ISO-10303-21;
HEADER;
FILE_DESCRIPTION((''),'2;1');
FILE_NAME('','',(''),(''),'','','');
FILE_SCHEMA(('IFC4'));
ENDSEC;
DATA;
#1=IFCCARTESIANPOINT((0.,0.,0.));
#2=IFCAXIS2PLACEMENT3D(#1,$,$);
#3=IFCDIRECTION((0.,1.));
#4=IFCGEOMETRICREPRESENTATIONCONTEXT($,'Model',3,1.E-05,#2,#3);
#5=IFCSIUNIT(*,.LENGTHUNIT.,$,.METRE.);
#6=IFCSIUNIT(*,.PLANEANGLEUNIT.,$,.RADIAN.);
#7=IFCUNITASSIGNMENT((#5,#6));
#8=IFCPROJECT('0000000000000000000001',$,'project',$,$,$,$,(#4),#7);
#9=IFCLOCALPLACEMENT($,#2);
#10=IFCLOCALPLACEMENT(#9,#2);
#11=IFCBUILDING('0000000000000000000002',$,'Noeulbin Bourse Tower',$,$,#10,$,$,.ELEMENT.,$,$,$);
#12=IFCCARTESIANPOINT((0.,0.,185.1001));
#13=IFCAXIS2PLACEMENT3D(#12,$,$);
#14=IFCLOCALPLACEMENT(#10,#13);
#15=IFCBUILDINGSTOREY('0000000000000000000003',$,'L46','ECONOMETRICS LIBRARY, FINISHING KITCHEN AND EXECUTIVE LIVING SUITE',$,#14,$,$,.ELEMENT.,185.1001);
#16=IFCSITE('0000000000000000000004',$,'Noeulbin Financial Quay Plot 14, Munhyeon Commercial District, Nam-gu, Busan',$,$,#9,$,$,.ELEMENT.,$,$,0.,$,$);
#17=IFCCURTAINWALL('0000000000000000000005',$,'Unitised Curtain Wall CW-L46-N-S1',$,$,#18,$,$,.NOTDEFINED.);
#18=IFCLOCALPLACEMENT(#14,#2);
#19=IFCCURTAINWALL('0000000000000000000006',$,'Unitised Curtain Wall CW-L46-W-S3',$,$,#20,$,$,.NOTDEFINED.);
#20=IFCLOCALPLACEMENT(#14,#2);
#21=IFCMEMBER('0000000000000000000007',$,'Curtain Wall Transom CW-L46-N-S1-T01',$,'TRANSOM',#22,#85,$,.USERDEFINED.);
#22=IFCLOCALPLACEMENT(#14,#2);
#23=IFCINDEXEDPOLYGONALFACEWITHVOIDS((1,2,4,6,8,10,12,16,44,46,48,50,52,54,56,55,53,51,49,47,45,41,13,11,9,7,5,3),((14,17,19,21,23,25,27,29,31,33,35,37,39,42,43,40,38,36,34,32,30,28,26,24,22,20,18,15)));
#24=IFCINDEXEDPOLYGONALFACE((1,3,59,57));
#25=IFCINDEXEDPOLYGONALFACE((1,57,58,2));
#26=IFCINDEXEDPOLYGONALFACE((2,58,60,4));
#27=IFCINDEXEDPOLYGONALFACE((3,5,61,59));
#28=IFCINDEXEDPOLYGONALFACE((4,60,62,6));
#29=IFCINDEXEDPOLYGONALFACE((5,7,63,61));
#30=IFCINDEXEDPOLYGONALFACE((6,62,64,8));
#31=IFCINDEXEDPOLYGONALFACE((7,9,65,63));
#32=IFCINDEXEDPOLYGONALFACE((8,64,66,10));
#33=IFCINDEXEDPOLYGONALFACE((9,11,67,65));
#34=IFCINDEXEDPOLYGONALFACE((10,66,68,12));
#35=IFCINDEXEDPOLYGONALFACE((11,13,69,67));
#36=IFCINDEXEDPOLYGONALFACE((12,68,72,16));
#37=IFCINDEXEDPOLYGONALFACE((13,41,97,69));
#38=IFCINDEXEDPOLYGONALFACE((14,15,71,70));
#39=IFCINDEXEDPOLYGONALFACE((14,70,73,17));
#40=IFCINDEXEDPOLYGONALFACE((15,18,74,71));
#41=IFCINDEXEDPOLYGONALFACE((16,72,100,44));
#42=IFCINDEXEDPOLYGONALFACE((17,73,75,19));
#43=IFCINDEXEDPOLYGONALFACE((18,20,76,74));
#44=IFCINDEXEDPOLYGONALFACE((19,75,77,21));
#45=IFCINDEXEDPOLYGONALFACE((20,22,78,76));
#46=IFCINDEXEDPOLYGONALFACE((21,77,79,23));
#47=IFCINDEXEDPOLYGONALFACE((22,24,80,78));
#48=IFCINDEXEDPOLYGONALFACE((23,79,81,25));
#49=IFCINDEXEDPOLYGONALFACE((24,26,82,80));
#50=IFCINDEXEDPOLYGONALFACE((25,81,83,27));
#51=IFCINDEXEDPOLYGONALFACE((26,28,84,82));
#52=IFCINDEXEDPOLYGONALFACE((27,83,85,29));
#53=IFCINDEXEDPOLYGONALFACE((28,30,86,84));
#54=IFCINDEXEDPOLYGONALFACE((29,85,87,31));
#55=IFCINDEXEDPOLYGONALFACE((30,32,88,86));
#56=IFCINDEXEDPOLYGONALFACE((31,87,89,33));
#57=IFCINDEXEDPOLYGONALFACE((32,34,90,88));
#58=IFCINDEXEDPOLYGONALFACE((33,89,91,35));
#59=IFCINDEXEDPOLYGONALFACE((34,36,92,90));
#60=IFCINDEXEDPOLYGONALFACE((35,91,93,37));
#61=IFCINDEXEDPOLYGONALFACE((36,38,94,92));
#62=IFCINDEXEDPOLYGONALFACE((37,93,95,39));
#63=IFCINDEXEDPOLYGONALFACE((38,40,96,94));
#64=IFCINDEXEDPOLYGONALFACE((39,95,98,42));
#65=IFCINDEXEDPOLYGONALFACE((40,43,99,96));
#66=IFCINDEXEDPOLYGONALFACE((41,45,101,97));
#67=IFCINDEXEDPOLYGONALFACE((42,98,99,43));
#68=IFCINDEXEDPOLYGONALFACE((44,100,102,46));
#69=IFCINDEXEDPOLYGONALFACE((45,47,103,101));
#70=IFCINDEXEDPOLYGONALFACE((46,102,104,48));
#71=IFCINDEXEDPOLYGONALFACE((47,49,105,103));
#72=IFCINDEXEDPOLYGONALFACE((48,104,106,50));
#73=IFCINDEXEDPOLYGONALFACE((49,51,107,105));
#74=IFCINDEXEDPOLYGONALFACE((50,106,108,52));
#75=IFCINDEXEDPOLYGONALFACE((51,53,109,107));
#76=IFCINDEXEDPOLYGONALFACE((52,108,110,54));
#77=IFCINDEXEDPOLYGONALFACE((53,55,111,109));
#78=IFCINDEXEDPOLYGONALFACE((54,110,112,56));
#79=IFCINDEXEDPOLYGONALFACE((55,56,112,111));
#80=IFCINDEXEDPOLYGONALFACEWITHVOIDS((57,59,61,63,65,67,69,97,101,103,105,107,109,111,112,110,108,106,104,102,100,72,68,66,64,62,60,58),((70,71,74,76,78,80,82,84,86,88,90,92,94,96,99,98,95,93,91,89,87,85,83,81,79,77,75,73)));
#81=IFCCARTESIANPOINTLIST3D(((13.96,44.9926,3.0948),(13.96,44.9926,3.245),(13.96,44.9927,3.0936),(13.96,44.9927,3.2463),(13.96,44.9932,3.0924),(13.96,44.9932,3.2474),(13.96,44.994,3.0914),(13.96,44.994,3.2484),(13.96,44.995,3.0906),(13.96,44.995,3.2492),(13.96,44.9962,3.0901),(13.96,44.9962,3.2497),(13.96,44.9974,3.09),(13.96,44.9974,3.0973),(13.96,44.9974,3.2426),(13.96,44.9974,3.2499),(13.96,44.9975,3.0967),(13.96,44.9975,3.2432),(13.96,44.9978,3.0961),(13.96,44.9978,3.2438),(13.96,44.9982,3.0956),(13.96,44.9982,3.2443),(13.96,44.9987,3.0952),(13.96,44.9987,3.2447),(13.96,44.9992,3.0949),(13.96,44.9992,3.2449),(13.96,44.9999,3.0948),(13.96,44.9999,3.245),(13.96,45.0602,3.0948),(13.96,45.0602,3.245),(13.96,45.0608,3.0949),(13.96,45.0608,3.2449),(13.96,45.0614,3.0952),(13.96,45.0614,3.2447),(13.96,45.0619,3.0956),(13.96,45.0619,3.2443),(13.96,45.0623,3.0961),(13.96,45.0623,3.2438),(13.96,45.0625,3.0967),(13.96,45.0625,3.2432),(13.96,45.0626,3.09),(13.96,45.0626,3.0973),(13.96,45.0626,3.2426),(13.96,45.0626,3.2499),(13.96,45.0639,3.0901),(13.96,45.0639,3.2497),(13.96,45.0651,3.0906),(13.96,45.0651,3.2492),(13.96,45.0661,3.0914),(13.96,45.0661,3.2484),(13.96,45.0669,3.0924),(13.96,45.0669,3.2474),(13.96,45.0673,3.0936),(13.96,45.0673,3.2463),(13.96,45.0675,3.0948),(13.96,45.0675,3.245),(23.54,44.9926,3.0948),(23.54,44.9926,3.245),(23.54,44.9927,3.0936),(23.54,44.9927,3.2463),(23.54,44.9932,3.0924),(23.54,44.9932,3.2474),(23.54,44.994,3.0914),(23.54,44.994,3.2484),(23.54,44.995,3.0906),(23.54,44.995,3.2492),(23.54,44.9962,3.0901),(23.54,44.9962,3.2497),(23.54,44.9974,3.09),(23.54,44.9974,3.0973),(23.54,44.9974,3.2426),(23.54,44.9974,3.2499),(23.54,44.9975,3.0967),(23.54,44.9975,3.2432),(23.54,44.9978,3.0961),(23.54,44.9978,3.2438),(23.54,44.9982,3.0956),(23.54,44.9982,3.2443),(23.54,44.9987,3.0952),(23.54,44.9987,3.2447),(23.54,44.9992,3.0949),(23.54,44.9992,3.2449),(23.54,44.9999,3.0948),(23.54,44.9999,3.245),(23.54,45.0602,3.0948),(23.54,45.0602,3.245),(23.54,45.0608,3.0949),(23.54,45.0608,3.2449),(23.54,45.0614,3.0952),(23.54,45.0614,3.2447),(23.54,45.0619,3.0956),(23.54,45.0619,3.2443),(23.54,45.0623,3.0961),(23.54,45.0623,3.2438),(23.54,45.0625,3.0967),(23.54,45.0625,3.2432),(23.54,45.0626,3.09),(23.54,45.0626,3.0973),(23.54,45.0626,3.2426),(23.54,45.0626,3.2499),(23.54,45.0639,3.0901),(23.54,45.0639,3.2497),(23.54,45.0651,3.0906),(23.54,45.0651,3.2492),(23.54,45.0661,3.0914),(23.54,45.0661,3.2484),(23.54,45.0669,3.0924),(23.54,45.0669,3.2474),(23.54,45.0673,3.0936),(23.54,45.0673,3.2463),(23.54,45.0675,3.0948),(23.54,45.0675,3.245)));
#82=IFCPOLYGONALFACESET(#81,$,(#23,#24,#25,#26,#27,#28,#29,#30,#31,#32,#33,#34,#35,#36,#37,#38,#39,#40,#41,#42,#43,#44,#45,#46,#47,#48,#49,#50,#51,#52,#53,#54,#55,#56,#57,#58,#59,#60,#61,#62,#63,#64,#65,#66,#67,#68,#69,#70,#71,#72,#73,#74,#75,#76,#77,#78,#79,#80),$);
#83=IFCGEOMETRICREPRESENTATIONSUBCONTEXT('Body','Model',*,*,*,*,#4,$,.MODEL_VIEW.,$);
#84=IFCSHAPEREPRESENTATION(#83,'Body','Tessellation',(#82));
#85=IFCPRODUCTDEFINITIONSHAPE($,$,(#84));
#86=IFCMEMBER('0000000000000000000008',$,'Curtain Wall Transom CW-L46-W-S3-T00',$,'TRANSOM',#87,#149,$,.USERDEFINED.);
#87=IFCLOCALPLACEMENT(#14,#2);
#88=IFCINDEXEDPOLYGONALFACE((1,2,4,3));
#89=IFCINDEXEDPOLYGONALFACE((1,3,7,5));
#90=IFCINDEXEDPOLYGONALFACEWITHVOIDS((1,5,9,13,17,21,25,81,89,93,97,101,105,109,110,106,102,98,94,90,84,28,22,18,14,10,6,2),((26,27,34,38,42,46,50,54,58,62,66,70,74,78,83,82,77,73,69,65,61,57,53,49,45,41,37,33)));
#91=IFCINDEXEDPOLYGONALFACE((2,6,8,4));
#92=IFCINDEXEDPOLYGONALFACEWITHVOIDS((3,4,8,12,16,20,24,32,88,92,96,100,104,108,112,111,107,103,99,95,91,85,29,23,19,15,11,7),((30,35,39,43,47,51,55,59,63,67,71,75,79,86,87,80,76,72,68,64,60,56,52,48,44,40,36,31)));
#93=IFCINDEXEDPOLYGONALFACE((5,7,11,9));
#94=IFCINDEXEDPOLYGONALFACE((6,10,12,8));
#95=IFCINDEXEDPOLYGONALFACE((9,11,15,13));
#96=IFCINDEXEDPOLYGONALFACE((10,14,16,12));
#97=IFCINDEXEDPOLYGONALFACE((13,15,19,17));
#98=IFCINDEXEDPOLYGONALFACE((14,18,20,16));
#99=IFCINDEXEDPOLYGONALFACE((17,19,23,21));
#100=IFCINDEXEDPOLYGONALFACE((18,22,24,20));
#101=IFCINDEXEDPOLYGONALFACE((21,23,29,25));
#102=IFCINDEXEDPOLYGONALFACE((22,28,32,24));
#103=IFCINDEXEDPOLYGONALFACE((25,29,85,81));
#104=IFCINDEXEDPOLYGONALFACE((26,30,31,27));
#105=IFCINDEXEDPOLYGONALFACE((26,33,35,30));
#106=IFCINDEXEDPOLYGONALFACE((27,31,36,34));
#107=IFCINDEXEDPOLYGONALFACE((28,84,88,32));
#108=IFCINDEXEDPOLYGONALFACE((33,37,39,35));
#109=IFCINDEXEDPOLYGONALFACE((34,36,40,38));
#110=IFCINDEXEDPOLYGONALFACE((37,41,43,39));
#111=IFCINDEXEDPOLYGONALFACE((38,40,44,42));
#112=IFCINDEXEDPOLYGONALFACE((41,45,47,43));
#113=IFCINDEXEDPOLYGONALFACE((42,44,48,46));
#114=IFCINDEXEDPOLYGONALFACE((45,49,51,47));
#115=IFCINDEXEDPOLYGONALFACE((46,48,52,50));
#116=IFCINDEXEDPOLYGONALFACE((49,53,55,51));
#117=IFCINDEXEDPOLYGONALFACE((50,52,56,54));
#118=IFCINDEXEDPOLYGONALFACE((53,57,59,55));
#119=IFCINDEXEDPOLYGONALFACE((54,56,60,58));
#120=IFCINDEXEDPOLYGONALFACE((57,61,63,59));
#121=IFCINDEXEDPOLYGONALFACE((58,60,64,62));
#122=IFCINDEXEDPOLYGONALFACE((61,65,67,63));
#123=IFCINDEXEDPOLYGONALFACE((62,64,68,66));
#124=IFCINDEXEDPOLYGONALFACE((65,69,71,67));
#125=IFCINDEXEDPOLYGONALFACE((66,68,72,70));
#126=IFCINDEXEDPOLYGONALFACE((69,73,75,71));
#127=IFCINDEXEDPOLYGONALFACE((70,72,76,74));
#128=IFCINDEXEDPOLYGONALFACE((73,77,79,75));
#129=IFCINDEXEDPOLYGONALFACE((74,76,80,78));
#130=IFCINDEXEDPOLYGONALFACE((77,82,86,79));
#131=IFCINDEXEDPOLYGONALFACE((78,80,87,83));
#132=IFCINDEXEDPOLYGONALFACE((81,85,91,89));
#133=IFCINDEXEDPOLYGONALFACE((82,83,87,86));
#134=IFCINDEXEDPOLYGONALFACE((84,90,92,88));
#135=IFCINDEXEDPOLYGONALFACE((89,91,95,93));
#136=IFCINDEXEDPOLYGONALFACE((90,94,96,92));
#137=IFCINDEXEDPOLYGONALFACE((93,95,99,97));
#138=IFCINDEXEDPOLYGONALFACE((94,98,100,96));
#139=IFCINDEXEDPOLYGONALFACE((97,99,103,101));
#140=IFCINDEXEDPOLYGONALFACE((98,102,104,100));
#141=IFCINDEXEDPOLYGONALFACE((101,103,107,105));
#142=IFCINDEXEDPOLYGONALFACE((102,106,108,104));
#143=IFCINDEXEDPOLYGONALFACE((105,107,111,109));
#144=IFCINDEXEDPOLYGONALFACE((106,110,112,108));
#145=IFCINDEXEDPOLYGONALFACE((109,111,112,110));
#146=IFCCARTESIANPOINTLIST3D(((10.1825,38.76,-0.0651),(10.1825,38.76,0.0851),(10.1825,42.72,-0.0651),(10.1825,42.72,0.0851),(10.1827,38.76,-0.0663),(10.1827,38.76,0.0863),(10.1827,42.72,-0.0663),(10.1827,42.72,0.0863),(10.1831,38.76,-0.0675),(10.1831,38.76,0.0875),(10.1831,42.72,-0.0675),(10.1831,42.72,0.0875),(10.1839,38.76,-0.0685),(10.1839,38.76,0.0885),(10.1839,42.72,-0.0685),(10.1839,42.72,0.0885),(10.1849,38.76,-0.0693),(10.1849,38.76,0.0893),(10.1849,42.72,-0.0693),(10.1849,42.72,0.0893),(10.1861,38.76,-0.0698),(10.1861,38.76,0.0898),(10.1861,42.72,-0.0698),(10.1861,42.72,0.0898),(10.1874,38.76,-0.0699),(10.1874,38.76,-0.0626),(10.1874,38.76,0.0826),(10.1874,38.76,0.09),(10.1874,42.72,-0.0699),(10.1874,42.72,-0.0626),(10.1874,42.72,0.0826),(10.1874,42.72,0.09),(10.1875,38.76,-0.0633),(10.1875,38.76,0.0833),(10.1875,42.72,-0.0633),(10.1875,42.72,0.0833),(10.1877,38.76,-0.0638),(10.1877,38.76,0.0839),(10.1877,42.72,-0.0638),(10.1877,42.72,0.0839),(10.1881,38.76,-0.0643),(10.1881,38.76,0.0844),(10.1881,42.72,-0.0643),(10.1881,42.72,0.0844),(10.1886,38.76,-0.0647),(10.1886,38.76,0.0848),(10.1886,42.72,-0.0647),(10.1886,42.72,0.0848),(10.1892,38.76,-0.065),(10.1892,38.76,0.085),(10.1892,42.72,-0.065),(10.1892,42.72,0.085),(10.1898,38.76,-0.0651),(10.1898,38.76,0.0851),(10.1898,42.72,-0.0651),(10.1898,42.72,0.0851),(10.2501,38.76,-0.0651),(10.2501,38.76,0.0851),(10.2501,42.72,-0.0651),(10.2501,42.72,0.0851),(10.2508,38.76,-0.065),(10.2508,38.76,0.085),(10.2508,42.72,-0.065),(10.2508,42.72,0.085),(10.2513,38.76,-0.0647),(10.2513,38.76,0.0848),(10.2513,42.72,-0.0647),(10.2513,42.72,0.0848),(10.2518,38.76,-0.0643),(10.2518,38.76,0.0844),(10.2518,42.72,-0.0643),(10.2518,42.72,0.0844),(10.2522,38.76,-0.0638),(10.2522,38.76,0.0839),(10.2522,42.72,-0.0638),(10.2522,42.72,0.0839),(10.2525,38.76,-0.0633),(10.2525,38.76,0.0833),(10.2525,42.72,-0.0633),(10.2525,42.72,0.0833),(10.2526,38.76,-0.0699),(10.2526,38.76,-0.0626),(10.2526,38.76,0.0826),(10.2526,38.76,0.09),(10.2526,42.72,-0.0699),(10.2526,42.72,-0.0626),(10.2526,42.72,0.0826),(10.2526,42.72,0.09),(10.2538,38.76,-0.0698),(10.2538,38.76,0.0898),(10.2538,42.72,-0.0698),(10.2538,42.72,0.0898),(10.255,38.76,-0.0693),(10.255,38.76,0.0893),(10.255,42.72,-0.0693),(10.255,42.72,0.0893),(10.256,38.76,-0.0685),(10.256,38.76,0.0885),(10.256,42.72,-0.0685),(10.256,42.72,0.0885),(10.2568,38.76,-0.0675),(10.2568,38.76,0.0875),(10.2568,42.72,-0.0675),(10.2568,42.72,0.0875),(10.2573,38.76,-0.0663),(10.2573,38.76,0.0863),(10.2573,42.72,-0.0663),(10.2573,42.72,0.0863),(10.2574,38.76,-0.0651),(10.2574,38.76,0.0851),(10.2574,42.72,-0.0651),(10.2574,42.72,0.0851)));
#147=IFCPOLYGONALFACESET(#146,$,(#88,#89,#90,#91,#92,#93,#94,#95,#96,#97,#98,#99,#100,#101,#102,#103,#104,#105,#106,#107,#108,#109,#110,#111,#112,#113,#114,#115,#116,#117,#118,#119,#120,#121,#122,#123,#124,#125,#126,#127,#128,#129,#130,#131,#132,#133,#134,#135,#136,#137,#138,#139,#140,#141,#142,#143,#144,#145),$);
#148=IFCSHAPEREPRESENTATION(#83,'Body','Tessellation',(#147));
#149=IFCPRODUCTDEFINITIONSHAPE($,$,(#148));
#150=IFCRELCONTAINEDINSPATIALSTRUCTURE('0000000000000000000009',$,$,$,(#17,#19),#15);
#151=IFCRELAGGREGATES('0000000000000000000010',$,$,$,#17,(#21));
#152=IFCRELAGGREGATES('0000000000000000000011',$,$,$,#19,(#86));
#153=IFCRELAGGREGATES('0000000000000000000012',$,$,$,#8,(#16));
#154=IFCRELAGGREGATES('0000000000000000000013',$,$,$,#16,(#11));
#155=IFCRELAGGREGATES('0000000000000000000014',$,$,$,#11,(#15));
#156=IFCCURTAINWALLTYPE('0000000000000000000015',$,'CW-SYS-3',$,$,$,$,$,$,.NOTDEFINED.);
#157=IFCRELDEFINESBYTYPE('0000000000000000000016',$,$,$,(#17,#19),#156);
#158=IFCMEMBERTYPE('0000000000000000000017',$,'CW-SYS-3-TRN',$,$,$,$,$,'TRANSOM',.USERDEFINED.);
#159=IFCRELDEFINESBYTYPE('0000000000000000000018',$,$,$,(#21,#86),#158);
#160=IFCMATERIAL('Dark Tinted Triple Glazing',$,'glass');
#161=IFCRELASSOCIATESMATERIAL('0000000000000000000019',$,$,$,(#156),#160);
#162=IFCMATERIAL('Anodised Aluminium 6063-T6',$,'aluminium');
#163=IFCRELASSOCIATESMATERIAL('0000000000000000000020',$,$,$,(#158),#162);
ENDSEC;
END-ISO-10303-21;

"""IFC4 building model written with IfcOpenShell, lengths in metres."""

from ifc_helpers import new_model, si_unit, direction, frame, origin, origin_2d, place, context, subcontext, project, spatial, hollow_rectangle, extrude, material, material_profile, profile_set, type_object, element, aggregate, save


model = new_model("IFC4")

# Units and contexts
model_context = context("Model", 3, precision=1e-05, world=origin(), true_north=direction((0.0, 1.0)))
body_context = subcontext(model_context, "Body", "Model", "MODEL_VIEW")
ifc_project = project(units=[si_unit("LENGTHUNIT", "METRE"), si_unit("PLANEANGLEUNIT", "RADIAN")], contexts=[model_context])

# Site, building, storey
site_placement = place(None, origin())
site = spatial("IfcSite", under=ifc_project, at=site_placement, Name="Noeulbin Financial Quay Plot 14, Munhyeon Commercial District, Nam-gu, Busan", CompositionType="ELEMENT", RefElevation=0.0)
building_placement = place(site_placement, origin())
building = spatial("IfcBuilding", under=site, at=building_placement, Name="Noeulbin Bourse Tower", CompositionType="ELEMENT")
storey_placement = place(building_placement, frame((0.0, 0.0, 185.1001)))
storey = spatial("IfcBuildingStorey", under=building, at=storey_placement, Name="L46", Description="ECONOMETRICS LIBRARY, FINISHING KITCHEN AND EXECUTIVE LIVING SUITE", CompositionType="ELEMENT", Elevation=185.1001)

# Curtain wall
ifc_material_1 = material(Name="Dark Tinted Triple Glazing", Category="glass")
curtain_wall_type = type_object("IfcCurtainWallType", Name="CW-SYS-3", PredefinedType="NOTDEFINED", material=ifc_material_1)
curtain_wall_1_placement = place(storey_placement, origin())
curtain_wall_1 = element("IfcCurtainWall", 1, at=curtain_wall_1_placement, inside=storey, type_object=curtain_wall_type, Name="Unitised Curtain Wall CW-L46-N-S1", PredefinedType="NOTDEFINED")
ifc_material_2 = material(Name="Anodised Aluminium 6063-T6", Category="aluminium")

# Curtain wall
curtain_wall_2_placement = place(storey_placement, origin())
curtain_wall_2 = element("IfcCurtainWall", 2, at=curtain_wall_2_placement, inside=storey, type_object=curtain_wall_type, Name="Unitised Curtain Wall CW-L46-W-S3", PredefinedType="NOTDEFINED")

# Members
ifc_material_profile_1 = material_profile(ifc_material_2, hollow_rectangle(XDim=0.075, YDim=0.1599, WallThickness=0.0049, InnerFilletRadius=0.0024, OuterFilletRadius=0.0049, at=origin_2d()), Name="ALU-TRAN-75x160x5", Category="LoadBearing")
ifc_profile_set_1 = profile_set([ifc_material_profile_1], Name="Anodised Aluminium 6063-T6")
member_type_1 = type_object("IfcMemberType", Name="CW-SYS-3-TRN", ElementType="TRANSOM", PredefinedType="USERDEFINED", material=ifc_profile_set_1)
member_1_placement = place(storey_placement, frame((13.96, 45.03, 3.1699), z_axis=(1.0, 0.0, 0.0), x_axis=(0.0, 1.0, 0.0)))
member_1 = element("IfcMember", 3, at=member_1_placement, type_object=member_type_1, Name="Curtain Wall Transom CW-L46-N-S1-T01", ObjectType="TRANSOM", PredefinedType="USERDEFINED", context=body_context, shape_type="SweptSolid", body=[
    extrude(hollow_rectangle(XDim=0.075, YDim=0.1599, WallThickness=0.0049, InnerFilletRadius=0.0024, OuterFilletRadius=0.0049, at=origin_2d()), origin(), (0.0, 0.0, 1.0), 9.5801),
])
aggregate(curtain_wall_1, [member_1])
member_2_placement = place(storey_placement, frame((10.22, 38.76, 0.01), z_axis=(0.0, 1.0, 0.0), x_axis=(-1.0, 0.0, 0.0)))
member_2 = element("IfcMember", 4, at=member_2_placement, type_object=member_type_1, Name="Curtain Wall Transom CW-L46-W-S3-T00", ObjectType="TRANSOM", PredefinedType="USERDEFINED", context=body_context, shape_type="SweptSolid", body=[
    extrude(hollow_rectangle(XDim=0.075, YDim=0.1599, WallThickness=0.0049, InnerFilletRadius=0.0024, OuterFilletRadius=0.0049, at=origin_2d()), origin(), (0.0, 0.0, 1.0), 3.96),
])

aggregate(curtain_wall_2, [member_2])

save(model, "model.ifc")
